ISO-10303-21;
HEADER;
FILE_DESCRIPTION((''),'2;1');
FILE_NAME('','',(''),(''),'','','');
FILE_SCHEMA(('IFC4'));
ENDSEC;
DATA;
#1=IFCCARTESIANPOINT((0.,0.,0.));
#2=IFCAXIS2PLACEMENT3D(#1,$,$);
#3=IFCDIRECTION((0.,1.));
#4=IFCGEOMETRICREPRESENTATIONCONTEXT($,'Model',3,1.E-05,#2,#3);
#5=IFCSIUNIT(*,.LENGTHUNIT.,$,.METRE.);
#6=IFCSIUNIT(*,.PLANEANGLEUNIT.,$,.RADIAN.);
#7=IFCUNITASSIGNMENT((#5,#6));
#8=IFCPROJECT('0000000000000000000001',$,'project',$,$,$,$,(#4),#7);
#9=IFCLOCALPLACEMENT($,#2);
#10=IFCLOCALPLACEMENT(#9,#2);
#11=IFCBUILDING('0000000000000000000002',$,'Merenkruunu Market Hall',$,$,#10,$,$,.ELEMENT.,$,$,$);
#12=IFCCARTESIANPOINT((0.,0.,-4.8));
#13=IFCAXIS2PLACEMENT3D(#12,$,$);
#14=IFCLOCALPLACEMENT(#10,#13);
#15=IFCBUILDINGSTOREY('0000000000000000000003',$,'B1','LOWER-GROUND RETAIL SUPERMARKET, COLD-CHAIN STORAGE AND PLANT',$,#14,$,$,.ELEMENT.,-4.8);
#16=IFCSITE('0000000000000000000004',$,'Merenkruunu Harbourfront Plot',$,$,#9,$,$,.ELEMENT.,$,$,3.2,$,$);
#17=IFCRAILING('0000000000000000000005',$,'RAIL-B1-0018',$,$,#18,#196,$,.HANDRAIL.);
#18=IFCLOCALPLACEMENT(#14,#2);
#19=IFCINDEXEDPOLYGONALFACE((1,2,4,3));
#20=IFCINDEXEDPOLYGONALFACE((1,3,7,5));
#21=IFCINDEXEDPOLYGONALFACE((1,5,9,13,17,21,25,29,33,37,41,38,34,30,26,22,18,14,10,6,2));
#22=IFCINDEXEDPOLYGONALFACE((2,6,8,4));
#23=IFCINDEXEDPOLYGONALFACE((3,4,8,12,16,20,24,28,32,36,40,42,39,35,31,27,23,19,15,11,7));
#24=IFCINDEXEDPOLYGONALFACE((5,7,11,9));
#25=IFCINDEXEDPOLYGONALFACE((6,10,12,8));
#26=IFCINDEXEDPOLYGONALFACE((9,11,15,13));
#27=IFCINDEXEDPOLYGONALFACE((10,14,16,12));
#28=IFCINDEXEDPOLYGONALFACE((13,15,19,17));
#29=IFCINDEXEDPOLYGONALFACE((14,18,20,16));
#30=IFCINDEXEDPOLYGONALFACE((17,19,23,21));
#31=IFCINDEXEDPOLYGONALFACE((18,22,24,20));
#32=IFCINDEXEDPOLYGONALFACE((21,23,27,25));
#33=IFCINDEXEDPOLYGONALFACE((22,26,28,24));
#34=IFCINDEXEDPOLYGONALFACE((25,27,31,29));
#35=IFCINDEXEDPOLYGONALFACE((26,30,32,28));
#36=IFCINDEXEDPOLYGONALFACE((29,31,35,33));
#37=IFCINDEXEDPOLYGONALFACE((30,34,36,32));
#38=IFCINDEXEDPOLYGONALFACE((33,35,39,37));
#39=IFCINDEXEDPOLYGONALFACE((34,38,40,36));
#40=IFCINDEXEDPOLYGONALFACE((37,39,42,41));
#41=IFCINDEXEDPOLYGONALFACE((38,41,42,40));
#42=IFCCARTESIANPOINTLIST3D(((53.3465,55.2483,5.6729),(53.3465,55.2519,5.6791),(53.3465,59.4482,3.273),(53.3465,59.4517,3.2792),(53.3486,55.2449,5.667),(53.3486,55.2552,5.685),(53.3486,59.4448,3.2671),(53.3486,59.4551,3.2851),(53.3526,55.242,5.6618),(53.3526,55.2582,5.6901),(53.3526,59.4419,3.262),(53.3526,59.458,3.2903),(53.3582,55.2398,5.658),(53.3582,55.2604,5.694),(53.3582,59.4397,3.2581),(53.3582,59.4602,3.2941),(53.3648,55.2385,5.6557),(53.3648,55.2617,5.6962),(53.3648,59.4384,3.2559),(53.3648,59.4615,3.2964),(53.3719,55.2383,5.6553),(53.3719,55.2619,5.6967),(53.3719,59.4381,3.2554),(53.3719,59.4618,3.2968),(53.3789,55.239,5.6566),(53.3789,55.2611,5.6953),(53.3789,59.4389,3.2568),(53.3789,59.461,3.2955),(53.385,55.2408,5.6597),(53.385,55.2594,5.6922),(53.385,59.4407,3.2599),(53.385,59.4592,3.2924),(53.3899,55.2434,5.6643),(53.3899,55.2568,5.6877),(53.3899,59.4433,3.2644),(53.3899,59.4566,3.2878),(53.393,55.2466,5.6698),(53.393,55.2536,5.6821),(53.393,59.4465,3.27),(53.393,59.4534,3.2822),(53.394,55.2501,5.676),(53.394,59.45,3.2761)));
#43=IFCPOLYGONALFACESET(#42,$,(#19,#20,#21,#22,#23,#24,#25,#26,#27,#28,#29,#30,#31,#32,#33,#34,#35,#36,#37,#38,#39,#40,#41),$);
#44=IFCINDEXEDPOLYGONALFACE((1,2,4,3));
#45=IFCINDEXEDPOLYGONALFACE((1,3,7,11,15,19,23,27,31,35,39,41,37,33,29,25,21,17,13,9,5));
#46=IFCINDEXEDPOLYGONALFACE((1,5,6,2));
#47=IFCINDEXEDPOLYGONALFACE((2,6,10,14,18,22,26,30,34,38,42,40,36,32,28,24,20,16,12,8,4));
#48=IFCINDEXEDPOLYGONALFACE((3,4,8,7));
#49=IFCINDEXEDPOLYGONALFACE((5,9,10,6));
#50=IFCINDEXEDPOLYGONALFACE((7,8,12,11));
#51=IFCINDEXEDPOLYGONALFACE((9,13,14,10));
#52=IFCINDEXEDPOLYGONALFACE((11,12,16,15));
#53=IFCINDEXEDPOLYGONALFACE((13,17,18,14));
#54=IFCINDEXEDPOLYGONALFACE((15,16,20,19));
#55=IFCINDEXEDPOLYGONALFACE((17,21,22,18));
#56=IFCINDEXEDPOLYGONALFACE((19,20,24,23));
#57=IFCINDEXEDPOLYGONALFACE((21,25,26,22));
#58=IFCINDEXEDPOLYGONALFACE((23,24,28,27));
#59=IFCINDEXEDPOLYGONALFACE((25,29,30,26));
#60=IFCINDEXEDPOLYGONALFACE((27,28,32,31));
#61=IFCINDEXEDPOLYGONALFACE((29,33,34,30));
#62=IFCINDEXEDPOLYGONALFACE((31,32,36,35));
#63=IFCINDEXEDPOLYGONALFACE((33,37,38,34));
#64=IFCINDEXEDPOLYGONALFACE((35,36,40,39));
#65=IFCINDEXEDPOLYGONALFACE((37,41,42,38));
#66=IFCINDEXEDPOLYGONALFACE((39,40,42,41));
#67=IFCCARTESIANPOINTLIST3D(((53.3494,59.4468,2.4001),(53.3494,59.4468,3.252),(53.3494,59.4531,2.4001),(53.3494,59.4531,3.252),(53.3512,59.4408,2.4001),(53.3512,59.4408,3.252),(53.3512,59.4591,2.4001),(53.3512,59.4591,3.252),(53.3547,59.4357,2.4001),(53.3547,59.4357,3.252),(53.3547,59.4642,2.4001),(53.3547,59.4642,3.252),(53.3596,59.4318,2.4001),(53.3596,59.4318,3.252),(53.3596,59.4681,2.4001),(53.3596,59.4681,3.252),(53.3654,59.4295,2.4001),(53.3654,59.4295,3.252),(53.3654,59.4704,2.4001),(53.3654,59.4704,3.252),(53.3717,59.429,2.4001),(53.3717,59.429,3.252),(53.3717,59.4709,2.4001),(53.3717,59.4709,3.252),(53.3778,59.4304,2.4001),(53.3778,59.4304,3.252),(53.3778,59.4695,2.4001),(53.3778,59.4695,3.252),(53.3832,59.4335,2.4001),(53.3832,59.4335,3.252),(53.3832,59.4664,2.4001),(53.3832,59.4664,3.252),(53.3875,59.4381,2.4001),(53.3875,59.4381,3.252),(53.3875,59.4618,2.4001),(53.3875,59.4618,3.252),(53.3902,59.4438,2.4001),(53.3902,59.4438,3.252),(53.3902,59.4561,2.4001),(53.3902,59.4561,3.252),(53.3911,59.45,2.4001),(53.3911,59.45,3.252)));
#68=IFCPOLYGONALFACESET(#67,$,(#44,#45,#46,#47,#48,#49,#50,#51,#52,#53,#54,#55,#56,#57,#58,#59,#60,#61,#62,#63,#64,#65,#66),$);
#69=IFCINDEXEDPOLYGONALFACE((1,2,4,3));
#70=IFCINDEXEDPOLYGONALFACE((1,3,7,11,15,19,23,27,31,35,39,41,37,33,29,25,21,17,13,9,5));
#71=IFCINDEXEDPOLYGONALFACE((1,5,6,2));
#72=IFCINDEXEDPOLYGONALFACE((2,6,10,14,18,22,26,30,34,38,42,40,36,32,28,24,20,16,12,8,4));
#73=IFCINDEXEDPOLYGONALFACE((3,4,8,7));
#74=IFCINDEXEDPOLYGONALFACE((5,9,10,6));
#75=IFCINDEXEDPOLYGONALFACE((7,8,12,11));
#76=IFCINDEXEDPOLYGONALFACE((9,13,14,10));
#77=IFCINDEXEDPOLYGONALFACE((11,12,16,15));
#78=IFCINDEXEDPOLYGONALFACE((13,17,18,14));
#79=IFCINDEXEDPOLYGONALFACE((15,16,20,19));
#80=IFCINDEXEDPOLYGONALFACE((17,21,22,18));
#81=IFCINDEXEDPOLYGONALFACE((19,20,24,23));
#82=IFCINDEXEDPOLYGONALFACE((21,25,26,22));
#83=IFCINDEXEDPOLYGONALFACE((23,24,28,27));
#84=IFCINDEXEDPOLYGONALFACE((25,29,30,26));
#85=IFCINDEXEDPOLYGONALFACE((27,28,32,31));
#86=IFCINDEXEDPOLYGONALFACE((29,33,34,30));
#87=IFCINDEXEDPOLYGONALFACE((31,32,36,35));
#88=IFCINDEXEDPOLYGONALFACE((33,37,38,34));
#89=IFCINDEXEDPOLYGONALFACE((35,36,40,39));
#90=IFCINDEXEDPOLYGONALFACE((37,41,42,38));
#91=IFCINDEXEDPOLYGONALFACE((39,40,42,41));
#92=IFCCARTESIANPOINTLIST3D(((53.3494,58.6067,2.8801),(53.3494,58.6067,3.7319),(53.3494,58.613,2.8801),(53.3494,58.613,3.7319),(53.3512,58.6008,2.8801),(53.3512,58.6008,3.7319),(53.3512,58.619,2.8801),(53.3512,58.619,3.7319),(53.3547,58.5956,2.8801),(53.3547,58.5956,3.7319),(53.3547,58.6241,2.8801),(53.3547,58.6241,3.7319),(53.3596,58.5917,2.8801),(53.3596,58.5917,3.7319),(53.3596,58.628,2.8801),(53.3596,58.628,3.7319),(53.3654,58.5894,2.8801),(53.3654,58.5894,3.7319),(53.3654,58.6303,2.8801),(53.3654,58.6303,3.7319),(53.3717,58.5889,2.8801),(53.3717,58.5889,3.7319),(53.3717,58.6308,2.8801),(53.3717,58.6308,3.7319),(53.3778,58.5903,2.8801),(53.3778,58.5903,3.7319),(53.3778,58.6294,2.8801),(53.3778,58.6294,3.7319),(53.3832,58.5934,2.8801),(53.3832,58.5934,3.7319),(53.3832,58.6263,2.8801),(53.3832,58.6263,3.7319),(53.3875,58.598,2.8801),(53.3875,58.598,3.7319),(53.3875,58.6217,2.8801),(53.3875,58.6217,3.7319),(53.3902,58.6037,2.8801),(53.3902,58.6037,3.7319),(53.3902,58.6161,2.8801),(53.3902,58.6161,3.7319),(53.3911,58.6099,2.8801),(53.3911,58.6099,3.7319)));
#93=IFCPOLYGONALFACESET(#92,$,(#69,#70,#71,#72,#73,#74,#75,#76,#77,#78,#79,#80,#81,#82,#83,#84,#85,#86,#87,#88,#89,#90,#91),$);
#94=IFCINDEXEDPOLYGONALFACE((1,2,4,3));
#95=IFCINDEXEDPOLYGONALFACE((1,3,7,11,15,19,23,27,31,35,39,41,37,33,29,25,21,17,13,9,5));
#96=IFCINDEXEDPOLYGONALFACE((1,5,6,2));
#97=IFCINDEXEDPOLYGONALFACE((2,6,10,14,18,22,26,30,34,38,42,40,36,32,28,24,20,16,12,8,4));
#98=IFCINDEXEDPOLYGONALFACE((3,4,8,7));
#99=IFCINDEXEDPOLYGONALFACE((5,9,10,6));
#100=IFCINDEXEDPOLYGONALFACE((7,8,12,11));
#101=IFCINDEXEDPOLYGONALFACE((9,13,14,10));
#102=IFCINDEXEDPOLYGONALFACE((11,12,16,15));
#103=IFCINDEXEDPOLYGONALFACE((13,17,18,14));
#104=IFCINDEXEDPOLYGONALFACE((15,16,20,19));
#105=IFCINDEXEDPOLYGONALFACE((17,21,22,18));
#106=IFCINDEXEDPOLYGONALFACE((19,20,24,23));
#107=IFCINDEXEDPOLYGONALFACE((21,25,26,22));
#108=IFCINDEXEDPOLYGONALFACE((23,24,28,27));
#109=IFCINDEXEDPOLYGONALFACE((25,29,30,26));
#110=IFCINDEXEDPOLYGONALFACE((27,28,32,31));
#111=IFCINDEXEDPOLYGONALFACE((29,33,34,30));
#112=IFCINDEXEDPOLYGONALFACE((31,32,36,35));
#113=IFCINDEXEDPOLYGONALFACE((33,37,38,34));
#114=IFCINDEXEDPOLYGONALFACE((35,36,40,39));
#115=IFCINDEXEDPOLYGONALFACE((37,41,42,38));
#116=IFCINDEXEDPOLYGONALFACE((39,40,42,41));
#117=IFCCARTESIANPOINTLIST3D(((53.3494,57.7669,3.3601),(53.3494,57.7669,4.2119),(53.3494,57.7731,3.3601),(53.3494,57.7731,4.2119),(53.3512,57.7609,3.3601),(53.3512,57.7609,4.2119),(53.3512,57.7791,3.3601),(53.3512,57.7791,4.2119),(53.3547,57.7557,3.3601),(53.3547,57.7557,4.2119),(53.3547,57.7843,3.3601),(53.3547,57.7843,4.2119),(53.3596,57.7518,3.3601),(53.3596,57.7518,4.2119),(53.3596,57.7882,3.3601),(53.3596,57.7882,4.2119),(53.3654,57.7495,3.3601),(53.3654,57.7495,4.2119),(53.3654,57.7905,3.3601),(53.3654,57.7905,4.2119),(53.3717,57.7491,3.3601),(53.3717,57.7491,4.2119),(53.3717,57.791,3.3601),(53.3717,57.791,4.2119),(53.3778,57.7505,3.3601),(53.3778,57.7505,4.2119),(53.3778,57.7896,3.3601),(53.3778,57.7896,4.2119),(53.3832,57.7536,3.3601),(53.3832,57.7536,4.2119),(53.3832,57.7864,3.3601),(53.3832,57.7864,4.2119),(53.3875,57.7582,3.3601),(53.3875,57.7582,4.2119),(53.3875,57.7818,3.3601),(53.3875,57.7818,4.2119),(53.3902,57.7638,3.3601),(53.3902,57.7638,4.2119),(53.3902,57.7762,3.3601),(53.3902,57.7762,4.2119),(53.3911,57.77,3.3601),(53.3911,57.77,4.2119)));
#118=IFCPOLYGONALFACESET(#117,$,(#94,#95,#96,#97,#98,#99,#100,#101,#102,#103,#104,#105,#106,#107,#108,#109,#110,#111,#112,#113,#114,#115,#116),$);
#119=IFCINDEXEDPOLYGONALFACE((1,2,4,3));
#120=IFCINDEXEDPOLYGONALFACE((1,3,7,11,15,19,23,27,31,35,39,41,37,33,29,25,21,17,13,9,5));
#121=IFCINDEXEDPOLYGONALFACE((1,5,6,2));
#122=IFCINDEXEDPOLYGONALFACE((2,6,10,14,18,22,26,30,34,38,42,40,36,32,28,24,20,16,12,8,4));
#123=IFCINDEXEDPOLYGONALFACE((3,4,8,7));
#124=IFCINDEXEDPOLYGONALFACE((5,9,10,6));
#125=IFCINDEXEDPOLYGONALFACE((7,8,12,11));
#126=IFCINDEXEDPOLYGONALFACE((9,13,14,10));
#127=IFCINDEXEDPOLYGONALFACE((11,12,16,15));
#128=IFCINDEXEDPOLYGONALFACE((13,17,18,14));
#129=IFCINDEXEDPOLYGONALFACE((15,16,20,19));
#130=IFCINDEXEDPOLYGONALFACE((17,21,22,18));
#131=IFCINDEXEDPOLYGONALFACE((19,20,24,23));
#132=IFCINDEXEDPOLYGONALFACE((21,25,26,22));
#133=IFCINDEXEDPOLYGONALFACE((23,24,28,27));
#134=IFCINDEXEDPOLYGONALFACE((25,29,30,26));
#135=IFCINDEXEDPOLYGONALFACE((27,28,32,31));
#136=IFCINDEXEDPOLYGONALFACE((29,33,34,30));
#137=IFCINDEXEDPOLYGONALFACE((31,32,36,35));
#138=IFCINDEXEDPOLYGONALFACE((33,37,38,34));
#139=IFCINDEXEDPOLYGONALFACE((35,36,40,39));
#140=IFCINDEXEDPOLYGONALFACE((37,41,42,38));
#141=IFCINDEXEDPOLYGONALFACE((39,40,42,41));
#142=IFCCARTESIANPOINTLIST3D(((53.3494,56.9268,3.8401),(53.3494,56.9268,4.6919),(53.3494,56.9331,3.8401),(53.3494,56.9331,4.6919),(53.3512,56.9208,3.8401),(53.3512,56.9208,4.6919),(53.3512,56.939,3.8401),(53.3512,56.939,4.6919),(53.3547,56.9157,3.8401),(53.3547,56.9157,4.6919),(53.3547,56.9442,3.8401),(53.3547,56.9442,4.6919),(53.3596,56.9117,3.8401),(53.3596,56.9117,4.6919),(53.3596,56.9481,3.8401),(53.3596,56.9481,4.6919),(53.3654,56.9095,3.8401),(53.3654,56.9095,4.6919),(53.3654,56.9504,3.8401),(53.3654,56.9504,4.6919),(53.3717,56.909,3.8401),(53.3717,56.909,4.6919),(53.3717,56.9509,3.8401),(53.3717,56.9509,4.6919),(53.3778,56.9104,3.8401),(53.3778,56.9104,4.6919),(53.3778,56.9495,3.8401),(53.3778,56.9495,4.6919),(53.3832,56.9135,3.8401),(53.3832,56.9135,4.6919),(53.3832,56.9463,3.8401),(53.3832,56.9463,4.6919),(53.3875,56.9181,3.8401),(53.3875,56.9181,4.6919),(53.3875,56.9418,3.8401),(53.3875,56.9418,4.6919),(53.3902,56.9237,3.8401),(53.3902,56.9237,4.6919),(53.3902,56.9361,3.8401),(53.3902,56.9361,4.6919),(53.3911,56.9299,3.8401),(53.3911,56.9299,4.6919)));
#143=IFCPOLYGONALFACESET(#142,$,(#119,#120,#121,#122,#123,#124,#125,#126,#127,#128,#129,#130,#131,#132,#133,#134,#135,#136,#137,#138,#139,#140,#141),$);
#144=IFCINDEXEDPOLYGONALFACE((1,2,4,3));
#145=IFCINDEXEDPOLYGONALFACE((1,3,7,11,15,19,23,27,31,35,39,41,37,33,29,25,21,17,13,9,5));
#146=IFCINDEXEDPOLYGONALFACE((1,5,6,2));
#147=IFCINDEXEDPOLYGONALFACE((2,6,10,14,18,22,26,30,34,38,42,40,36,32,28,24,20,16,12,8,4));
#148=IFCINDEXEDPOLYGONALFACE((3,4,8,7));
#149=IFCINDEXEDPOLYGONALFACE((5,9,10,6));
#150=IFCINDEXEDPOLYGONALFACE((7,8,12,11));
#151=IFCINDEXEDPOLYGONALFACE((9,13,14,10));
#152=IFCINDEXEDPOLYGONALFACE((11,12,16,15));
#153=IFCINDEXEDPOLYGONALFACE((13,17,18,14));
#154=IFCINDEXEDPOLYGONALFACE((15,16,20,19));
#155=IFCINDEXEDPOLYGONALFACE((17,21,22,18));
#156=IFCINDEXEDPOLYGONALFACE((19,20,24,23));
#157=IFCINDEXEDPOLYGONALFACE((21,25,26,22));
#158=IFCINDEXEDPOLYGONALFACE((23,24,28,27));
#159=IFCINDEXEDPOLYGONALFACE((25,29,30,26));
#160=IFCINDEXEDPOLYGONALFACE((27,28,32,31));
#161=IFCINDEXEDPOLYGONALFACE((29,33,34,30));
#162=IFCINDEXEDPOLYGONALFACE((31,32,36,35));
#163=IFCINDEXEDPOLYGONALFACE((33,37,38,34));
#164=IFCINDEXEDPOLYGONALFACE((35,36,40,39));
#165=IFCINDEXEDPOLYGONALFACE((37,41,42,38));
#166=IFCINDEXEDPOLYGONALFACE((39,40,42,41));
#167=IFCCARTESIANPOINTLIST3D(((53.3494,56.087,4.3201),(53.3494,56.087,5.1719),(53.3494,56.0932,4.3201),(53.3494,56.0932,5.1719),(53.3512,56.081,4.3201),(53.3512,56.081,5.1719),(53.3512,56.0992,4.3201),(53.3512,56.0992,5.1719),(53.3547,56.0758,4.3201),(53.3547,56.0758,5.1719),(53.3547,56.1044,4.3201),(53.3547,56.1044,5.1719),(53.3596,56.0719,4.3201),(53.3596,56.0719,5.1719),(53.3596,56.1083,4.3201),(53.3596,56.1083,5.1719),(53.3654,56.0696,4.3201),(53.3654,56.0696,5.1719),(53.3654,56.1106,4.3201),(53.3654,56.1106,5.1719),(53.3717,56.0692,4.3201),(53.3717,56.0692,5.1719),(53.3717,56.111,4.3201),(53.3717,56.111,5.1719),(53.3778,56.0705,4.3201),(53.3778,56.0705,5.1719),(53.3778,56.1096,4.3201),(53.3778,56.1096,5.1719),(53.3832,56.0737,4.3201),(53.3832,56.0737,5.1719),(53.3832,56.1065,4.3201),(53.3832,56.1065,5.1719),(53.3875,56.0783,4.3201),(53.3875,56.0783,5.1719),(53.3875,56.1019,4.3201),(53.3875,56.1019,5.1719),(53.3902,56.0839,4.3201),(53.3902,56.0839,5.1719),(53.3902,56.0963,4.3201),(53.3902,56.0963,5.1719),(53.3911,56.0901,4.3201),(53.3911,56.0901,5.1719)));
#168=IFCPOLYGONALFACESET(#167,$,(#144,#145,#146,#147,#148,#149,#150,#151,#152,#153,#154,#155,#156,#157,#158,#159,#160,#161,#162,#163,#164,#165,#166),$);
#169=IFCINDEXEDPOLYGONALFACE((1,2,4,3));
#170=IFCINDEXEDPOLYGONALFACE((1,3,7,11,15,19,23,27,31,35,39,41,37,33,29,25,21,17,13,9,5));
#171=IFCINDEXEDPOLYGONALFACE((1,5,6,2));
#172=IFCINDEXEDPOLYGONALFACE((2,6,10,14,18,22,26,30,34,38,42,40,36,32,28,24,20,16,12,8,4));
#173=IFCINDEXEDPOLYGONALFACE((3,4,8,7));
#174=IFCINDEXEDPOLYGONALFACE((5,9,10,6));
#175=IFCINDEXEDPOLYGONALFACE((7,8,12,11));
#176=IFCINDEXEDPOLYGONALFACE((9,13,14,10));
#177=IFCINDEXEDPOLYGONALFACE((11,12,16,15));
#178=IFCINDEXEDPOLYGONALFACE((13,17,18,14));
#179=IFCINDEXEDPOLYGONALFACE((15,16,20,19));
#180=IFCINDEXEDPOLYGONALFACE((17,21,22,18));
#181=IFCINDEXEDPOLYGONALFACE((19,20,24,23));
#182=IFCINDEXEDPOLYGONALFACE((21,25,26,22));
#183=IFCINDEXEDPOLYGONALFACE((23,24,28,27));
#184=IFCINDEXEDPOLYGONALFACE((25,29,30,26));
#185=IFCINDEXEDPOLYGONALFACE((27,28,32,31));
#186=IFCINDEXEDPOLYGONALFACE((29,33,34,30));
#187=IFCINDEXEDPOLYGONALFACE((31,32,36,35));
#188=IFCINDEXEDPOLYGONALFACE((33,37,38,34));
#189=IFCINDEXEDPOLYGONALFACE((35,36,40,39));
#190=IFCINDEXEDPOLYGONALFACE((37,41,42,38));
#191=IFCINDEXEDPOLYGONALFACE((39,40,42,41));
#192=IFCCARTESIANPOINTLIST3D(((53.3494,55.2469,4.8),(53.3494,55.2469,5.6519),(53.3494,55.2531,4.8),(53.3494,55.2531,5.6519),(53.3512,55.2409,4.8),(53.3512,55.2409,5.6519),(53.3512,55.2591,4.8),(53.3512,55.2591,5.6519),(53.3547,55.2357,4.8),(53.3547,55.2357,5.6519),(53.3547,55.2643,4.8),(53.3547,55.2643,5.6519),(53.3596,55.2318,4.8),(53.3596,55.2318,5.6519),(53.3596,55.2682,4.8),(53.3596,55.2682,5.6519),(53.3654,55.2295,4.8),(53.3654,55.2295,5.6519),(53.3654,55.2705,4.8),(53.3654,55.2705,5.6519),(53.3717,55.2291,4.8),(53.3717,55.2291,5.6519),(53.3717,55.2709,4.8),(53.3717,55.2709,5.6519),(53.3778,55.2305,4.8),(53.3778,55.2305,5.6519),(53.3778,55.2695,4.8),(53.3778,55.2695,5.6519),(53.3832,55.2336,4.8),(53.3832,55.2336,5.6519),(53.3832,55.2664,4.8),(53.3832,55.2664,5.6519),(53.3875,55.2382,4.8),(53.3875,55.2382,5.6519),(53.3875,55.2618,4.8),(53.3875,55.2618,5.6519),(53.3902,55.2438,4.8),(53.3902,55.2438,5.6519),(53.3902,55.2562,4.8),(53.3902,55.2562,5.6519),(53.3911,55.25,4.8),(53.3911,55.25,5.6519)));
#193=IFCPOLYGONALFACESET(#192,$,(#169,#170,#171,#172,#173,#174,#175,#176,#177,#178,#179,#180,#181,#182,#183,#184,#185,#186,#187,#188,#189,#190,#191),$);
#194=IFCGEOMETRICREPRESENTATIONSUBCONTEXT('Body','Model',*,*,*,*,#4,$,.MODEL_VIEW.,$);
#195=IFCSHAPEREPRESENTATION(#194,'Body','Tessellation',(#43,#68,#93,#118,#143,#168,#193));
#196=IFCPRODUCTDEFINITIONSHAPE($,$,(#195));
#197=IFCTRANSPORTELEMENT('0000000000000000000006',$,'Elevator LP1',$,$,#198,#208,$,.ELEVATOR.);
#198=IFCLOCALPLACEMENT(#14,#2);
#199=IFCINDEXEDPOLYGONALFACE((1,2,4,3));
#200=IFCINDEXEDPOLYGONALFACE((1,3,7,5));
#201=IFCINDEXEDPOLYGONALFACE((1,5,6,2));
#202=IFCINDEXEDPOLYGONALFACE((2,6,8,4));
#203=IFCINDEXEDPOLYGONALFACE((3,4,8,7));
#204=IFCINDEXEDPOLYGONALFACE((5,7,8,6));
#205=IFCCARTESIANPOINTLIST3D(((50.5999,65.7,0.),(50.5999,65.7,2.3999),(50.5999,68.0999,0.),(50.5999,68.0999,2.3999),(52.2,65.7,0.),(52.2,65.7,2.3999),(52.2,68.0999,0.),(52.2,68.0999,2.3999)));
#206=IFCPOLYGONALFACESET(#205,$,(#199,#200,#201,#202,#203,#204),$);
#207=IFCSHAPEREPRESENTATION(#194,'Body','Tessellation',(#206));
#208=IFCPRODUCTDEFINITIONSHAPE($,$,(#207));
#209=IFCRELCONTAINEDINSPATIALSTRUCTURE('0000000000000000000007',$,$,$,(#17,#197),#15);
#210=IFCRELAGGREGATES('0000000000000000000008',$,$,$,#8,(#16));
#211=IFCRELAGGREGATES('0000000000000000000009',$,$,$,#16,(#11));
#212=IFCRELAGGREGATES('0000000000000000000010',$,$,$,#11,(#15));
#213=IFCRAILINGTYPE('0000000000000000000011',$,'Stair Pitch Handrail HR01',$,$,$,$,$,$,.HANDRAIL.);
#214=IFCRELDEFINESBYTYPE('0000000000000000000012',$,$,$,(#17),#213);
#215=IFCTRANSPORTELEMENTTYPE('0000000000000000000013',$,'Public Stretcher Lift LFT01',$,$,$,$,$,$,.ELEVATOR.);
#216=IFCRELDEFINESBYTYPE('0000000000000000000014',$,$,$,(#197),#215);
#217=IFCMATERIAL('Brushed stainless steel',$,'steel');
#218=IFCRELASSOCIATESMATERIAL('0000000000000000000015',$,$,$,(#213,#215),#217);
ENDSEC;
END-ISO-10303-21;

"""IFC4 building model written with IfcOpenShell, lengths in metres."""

from ifc_helpers import new_model, si_unit, direction, frame, origin, origin_2d, place, context, subcontext, project, spatial, rectangle, circle, extrude, material, type_object, element, save


model = new_model("IFC4")

# Units and contexts
model_context = context("Model", 3, precision=1e-05, world=origin(), true_north=direction((0.0, 1.0)))
body_context = subcontext(model_context, "Body", "Model", "MODEL_VIEW")
ifc_project = project(units=[si_unit("LENGTHUNIT", "METRE"), si_unit("PLANEANGLEUNIT", "RADIAN")], contexts=[model_context])

# Site, building, storey
site_placement = place(None, origin())
site = spatial("IfcSite", under=ifc_project, at=site_placement, Name="Merenkruunu Harbourfront Plot", CompositionType="ELEMENT", RefElevation=3.2)
building_placement = place(site_placement, origin())
building = spatial("IfcBuilding", under=site, at=building_placement, Name="Merenkruunu Market Hall", CompositionType="ELEMENT")
storey_placement = place(building_placement, frame((0.0, 0.0, -4.8)))
storey = spatial("IfcBuildingStorey", under=building, at=storey_placement, Name="B1", Description="LOWER-GROUND RETAIL SUPERMARKET, COLD-CHAIN STORAGE AND PLANT", CompositionType="ELEMENT", Elevation=-4.8)

# Shared definitions
ifc_material_1 = material(Name="Brushed stainless steel", Category="steel")

# Railing
railing_type_1 = type_object("IfcRailingType", Name="Stair Pitch Handrail HR01", PredefinedType="HANDRAIL", material=ifc_material_1)
railing_1_placement = place(storey_placement, frame((53.3701, 59.45, 2.4001)))
element("IfcRailing", 1, at=railing_1_placement, inside=storey, type_object=railing_type_1, Name="RAIL-B1-0018", PredefinedType="HANDRAIL", context=body_context, shape_type="SweptSolid", body=[
    extrude(circle(Radius=0.0239, at=origin_2d()), frame((0.0, 0.0, 0.876), z_axis=(0.0, -0.868249, 0.496128), x_axis=(1.0, 0.0, 0.0)), (0.0, 0.0, 1.0), 4.8372),
    extrude(circle(Radius=0.021, at=origin_2d()), origin(), (0.0, 0.0, 1.0), 0.8518),
    extrude(circle(Radius=0.021, at=origin_2d()), frame((0.0, -0.8401, 0.48)), (0.0, 0.0, 1.0), 0.8518),
    extrude(circle(Radius=0.021, at=origin_2d()), frame((0.0, -1.6799, 0.96)), (0.0, 0.0, 1.0), 0.8518),
    extrude(circle(Radius=0.021, at=origin_2d()), frame((0.0, -2.52, 1.4399)), (0.0, 0.0, 1.0), 0.8518),
    extrude(circle(Radius=0.021, at=origin_2d()), frame((0.0, -3.3599, 1.9199)), (0.0, 0.0, 1.0), 0.8518),
    extrude(circle(Radius=0.021, at=origin_2d()), frame((0.0, -4.2, 2.3999)), (0.0, 0.0, 1.0), 0.8518),
])

# Transport element
transport_element_type = type_object("IfcTransportElementType", Name="Public Stretcher Lift LFT01", PredefinedType="ELEVATOR", material=ifc_material_1)
transport_element_placement = place(storey_placement, frame((51.3999, 66.8999, 0.0), z_axis=(0.0, 0.0, 1.0), x_axis=(1.0, 0.0, 0.0)))
element("IfcTransportElement", 2, at=transport_element_placement, inside=storey, type_object=transport_element_type, Name="Elevator LP1", PredefinedType="ELEVATOR", context=body_context, shape_type="SweptSolid", body=[
    extrude(rectangle(XDim=1.6001, YDim=2.3999, at=origin_2d()), origin(), (0.0, 0.0, 1.0), 2.3999),
])

save(model, "model.ifc")
